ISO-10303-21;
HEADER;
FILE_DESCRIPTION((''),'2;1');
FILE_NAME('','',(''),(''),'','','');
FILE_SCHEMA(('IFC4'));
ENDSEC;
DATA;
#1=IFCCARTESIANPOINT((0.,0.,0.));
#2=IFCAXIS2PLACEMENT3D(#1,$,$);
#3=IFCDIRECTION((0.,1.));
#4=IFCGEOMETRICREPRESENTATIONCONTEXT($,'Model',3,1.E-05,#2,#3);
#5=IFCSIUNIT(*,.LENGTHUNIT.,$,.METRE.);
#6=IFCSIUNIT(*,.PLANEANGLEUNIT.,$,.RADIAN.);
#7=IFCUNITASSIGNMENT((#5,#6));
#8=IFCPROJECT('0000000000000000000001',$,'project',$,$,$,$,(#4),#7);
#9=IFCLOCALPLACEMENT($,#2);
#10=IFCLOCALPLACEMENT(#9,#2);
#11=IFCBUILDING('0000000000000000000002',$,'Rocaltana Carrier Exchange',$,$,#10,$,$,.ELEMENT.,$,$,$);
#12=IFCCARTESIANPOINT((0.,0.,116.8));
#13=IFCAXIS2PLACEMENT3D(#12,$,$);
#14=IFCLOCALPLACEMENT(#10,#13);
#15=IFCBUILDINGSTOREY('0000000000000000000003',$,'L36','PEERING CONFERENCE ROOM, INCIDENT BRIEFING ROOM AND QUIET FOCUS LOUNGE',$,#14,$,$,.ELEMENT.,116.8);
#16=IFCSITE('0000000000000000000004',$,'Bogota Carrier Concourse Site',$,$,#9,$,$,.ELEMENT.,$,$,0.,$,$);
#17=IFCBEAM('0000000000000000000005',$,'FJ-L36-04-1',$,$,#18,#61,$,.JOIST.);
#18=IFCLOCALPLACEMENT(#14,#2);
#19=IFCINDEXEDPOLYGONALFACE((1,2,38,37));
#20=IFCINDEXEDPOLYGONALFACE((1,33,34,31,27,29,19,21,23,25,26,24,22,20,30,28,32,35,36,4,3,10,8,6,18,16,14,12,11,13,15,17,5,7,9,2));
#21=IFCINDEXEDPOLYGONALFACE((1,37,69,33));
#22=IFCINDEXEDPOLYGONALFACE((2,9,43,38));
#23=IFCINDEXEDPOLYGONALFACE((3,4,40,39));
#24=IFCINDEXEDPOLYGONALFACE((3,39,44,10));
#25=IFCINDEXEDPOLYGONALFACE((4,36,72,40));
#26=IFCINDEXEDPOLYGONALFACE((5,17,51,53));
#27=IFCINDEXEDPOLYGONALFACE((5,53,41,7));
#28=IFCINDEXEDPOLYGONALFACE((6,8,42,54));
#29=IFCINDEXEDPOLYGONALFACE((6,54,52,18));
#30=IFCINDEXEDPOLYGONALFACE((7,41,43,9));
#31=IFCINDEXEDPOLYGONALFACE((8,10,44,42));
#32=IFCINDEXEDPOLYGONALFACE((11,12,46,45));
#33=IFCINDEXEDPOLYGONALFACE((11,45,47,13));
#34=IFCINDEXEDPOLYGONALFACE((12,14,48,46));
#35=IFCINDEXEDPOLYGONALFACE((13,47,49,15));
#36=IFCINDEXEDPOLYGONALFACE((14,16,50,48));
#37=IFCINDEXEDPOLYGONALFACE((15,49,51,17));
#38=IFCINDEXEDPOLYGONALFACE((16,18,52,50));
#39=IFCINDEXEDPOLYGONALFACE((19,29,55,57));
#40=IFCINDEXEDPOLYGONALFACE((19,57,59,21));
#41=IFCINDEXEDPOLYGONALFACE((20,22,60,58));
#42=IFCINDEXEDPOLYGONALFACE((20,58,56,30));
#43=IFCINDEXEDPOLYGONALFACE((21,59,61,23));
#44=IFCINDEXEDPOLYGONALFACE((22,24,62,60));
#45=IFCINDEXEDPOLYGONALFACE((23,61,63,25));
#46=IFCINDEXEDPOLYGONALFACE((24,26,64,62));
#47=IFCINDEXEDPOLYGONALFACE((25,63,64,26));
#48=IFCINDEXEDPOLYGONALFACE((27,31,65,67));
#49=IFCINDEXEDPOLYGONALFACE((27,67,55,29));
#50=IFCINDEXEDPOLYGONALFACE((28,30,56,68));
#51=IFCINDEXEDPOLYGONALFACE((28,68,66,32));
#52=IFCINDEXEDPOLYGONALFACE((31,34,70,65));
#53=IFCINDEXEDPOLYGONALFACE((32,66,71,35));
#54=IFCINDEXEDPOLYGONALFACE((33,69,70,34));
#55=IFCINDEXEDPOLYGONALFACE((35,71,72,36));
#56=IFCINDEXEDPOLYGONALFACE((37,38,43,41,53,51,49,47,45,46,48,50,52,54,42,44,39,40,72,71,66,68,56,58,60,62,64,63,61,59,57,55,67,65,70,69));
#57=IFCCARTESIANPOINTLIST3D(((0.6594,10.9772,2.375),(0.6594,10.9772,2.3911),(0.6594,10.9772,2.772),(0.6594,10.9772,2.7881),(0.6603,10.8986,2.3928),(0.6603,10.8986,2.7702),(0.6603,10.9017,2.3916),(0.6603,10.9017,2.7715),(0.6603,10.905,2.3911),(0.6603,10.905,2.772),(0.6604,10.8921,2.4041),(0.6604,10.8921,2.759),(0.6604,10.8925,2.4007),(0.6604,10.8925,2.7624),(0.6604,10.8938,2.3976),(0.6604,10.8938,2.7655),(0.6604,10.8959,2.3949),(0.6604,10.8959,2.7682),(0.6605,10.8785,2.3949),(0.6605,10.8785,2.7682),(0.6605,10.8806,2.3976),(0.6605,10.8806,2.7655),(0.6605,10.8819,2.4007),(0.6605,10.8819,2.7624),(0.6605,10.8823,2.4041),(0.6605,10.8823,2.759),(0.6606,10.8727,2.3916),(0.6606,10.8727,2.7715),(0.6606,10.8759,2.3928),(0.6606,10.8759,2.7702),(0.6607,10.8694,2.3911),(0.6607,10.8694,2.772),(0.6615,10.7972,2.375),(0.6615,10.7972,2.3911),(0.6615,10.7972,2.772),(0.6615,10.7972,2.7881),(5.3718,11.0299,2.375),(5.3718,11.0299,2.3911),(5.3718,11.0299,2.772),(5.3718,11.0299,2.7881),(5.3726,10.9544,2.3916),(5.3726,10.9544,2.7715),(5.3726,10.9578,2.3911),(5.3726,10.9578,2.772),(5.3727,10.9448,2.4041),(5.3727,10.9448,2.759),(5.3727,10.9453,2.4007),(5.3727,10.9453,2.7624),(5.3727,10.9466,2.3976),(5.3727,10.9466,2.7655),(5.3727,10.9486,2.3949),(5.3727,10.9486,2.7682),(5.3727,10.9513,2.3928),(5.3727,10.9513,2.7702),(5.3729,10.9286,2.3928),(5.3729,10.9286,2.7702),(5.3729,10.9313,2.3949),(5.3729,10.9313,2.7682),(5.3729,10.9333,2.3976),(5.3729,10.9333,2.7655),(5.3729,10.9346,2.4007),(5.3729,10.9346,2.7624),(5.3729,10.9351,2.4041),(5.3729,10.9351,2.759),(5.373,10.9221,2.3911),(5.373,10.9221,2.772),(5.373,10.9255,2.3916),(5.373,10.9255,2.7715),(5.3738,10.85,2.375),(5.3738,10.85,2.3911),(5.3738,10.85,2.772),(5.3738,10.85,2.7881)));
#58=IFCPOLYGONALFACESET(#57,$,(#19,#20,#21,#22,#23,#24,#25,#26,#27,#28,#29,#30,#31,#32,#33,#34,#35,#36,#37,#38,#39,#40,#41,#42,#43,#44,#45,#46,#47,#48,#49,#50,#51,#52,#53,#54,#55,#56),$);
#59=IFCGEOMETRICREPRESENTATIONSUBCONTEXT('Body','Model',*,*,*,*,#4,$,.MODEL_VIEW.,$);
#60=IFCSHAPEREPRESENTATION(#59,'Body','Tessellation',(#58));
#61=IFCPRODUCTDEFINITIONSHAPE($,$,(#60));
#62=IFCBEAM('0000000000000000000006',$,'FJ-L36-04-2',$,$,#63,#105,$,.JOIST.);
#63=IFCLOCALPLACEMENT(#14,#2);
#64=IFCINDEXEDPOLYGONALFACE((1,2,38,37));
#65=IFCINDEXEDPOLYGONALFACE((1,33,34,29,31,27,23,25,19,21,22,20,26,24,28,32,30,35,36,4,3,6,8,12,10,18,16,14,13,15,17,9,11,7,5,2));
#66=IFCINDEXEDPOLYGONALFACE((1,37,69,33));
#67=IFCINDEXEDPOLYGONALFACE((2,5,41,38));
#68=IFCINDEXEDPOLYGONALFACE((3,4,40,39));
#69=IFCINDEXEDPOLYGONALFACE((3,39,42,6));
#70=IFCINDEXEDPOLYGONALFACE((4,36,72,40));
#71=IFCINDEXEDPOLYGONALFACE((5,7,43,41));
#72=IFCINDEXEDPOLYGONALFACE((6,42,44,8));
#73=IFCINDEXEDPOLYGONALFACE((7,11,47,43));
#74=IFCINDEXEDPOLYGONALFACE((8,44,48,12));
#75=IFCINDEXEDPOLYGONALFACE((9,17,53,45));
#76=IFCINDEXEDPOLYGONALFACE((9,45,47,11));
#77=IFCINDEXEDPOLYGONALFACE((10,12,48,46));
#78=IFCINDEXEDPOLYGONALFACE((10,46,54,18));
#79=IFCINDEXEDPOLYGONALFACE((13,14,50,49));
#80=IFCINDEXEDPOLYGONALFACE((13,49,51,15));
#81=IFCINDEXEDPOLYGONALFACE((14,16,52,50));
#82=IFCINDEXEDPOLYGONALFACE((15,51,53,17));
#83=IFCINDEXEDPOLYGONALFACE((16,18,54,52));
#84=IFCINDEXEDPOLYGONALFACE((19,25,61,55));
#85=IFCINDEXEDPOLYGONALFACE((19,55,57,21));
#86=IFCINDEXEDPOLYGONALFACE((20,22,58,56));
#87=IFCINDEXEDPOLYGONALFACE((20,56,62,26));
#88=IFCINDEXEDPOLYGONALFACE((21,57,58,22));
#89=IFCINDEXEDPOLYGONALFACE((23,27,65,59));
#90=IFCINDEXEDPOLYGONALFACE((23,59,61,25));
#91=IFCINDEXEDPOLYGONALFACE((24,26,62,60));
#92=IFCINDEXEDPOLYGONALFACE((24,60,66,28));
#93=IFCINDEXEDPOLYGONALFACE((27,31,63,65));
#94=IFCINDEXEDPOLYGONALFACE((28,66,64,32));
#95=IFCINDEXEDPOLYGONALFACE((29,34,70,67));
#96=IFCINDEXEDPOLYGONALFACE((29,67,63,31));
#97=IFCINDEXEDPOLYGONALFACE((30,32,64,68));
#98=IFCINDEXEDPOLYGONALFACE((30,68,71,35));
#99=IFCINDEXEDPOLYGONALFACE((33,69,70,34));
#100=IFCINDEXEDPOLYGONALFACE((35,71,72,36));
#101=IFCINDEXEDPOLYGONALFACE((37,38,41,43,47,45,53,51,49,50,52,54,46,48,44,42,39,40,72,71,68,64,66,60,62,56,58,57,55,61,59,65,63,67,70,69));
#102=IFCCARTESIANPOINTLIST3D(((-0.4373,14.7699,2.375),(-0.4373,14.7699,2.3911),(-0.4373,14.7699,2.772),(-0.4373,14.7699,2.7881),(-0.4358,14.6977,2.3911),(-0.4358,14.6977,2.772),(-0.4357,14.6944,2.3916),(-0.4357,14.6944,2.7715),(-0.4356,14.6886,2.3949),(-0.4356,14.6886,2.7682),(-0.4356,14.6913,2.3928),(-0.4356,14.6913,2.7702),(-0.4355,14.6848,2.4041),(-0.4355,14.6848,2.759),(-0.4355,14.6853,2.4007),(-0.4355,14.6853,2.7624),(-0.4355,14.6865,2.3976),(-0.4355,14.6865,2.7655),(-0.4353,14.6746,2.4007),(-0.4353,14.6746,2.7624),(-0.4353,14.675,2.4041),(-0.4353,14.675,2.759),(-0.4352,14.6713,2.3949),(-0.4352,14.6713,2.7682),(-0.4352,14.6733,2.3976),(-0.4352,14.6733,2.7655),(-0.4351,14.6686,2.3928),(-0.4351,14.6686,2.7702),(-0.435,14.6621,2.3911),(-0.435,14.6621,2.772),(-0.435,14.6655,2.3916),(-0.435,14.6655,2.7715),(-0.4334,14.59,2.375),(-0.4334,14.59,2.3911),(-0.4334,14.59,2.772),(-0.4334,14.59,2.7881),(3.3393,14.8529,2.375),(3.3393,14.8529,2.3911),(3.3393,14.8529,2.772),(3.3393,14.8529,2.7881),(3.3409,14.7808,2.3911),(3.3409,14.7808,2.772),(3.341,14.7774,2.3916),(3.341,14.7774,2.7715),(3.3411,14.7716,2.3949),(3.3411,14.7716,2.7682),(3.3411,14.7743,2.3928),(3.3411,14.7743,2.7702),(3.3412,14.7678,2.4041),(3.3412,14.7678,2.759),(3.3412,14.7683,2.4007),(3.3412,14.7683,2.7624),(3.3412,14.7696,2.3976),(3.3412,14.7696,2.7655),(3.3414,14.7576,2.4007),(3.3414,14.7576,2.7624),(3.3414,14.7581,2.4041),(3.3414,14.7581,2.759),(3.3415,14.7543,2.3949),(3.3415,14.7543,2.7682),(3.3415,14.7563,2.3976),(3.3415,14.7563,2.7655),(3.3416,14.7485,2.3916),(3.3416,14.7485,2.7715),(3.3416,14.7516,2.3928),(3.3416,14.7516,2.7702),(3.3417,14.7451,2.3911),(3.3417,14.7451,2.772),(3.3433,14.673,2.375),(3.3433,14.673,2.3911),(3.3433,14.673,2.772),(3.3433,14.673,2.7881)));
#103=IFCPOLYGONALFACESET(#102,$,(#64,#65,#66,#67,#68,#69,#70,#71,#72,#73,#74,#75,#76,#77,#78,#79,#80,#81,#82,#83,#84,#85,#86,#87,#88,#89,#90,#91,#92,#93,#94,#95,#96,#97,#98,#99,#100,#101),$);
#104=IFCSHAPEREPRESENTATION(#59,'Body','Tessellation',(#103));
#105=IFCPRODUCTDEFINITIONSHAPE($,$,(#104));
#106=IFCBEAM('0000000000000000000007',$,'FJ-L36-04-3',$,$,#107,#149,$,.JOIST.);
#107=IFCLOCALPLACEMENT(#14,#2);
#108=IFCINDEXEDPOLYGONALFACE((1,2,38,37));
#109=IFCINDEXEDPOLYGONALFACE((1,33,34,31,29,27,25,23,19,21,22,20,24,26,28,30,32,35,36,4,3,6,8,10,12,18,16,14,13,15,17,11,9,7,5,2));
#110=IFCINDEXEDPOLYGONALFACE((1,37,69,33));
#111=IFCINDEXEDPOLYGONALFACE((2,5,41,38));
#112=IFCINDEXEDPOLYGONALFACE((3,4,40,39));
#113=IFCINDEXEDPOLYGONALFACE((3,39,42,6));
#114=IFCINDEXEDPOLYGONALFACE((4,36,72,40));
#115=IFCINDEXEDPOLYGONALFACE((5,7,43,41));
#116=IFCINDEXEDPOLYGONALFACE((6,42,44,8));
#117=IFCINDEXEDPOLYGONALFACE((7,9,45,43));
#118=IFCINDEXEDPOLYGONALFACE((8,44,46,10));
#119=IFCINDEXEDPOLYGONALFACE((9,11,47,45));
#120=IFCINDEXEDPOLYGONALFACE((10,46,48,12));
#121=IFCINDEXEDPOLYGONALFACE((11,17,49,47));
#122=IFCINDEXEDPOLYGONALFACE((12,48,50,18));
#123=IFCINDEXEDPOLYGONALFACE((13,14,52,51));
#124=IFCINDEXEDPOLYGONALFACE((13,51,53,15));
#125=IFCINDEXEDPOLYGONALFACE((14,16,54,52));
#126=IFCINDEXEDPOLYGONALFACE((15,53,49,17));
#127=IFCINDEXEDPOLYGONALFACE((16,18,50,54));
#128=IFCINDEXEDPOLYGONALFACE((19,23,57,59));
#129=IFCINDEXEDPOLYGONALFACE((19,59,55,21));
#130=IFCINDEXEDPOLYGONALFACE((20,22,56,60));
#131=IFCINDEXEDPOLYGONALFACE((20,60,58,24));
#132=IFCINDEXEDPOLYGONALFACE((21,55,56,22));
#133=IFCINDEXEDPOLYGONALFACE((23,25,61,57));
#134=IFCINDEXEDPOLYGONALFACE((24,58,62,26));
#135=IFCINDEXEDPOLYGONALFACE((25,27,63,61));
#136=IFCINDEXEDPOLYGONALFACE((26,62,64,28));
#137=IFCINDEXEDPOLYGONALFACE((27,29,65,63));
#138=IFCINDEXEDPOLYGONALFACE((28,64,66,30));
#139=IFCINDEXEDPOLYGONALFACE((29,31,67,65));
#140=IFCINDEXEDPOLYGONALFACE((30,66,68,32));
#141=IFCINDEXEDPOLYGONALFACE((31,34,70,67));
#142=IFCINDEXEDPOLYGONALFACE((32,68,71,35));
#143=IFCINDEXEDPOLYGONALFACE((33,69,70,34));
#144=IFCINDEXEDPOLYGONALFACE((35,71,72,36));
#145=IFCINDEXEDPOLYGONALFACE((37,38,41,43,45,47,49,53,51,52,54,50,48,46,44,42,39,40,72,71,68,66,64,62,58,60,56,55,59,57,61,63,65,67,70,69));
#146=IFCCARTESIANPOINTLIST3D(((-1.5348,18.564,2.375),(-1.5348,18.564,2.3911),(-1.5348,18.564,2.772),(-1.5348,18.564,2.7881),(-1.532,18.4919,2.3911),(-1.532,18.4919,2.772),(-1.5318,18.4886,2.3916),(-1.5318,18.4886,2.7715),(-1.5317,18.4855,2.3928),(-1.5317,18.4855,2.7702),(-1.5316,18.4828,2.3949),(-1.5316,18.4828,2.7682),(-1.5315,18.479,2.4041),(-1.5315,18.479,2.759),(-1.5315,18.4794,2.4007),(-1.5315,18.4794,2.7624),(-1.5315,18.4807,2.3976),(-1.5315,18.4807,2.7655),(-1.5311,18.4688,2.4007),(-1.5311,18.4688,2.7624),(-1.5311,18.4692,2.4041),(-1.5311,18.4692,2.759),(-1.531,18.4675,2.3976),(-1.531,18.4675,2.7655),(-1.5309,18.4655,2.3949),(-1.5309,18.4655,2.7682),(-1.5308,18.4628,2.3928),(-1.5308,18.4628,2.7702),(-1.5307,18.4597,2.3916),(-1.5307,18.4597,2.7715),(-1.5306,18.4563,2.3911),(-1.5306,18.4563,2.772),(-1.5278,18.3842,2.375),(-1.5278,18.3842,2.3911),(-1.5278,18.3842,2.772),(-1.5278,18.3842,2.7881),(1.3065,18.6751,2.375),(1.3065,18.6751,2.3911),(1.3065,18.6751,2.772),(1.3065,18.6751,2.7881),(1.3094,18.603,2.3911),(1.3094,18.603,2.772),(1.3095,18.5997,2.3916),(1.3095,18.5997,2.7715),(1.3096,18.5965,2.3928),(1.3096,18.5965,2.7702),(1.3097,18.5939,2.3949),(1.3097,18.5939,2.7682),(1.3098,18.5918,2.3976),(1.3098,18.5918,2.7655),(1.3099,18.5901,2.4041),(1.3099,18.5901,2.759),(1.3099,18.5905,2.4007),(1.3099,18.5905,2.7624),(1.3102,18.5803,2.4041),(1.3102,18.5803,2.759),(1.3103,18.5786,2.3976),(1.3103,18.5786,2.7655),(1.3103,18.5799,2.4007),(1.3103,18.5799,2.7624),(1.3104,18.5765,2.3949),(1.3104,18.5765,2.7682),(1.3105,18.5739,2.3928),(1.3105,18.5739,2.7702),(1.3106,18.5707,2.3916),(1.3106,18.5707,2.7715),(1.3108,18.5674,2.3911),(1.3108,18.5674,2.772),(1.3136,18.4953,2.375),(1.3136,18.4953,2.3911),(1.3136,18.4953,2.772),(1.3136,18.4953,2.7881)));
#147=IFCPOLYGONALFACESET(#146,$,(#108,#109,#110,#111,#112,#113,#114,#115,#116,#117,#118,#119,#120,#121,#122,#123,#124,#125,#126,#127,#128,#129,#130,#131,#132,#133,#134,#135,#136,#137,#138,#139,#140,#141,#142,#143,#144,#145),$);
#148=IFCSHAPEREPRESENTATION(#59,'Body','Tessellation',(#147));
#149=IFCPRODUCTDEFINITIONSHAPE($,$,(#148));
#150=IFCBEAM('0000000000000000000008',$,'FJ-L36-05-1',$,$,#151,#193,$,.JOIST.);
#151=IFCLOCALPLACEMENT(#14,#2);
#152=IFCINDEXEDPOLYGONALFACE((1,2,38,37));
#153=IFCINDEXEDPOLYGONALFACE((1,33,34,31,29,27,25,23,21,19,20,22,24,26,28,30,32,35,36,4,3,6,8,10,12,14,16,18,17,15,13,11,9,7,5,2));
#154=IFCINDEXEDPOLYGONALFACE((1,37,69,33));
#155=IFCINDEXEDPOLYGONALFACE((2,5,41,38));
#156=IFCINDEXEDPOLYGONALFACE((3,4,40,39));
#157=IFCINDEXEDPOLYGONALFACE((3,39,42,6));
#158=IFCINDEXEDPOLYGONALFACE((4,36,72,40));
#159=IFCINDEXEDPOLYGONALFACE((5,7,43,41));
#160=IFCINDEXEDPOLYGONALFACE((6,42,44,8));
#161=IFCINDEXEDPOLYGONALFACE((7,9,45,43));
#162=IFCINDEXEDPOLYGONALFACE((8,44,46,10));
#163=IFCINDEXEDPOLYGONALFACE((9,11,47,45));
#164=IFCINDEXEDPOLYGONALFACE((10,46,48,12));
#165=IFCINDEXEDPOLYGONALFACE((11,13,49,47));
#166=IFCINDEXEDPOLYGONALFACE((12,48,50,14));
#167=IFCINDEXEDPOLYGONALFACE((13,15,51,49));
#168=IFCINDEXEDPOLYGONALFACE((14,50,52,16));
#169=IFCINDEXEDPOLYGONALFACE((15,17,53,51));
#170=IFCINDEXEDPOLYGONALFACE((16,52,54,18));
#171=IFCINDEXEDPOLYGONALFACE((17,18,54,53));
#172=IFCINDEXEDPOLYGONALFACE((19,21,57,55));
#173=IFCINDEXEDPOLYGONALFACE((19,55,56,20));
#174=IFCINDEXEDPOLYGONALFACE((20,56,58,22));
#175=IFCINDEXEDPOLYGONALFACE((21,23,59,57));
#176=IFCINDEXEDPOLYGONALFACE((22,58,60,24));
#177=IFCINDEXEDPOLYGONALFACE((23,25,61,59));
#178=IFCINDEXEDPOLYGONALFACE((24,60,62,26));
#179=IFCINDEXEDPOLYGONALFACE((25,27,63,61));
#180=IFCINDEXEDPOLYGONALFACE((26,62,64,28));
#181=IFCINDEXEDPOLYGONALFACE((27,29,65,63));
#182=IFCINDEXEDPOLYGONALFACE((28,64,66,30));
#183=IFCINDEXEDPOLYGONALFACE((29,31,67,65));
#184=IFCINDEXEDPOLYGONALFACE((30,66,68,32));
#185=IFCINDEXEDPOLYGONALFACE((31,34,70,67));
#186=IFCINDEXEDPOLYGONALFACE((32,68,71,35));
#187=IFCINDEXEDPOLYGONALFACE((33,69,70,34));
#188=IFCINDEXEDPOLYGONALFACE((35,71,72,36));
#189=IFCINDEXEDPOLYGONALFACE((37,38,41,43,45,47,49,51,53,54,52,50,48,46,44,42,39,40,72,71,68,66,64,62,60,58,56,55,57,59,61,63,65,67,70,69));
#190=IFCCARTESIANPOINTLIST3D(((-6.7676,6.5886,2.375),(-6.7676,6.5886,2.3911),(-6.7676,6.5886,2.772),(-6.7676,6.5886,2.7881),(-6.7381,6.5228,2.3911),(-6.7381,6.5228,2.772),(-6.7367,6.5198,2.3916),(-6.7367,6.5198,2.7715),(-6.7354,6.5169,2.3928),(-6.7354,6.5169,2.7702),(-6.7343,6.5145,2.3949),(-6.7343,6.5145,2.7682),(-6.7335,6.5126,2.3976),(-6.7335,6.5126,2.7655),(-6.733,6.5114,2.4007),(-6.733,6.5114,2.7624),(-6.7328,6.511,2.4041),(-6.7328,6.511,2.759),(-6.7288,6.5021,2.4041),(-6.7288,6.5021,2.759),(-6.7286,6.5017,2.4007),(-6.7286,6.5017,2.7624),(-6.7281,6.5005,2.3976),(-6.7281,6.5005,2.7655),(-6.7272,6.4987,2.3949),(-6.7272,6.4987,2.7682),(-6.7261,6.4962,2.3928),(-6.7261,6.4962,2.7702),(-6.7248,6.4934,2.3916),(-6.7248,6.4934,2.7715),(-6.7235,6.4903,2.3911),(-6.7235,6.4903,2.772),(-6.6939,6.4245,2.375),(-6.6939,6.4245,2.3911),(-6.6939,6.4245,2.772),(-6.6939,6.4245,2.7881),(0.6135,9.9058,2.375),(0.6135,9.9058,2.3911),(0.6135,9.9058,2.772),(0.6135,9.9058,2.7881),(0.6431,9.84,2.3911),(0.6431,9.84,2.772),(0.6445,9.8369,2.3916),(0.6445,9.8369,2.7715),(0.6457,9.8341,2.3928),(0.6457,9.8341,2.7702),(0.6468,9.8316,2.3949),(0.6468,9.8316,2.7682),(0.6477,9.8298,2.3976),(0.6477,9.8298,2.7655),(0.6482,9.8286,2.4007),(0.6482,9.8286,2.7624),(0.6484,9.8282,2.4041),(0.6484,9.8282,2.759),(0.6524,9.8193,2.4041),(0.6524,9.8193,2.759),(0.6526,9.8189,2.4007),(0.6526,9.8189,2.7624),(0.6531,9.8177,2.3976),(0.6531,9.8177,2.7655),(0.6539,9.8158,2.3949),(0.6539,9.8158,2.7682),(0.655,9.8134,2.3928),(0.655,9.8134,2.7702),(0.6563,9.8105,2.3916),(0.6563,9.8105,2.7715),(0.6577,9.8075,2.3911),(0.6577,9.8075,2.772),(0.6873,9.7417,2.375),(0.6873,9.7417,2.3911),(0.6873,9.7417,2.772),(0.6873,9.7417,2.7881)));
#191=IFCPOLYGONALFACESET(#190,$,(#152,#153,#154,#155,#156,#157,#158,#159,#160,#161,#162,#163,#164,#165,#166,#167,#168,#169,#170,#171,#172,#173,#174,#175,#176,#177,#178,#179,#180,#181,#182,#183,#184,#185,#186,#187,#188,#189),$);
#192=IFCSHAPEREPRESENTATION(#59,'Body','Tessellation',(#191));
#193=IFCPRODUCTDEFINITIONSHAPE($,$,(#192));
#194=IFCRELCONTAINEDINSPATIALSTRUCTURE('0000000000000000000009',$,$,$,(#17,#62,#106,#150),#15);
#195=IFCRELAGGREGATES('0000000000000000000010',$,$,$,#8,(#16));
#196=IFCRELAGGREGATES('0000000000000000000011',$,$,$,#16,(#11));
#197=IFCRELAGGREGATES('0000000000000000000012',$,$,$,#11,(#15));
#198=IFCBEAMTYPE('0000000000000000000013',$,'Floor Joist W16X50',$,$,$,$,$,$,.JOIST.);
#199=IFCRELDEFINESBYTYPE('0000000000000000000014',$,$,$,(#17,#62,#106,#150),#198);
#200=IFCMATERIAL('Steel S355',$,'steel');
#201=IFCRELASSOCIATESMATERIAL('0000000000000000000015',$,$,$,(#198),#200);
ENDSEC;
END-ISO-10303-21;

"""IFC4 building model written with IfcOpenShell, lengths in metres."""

from ifc_helpers import new_model, si_unit, direction, frame, origin, origin_2d, place, context, subcontext, project, spatial, i_section, extrude, material, material_profile, profile_set, type_object, element, save


model = new_model("IFC4")

# Units and contexts
model_context = context("Model", 3, precision=1e-05, world=origin(), true_north=direction((0.0, 1.0)))
body_context = subcontext(model_context, "Body", "Model", "MODEL_VIEW")
ifc_project = project(units=[si_unit("LENGTHUNIT", "METRE"), si_unit("PLANEANGLEUNIT", "RADIAN")], contexts=[model_context])

# Site, building, storey
site_placement = place(None, origin())
site = spatial("IfcSite", under=ifc_project, at=site_placement, Name="Bogota Carrier Concourse Site", CompositionType="ELEMENT", RefElevation=0.0)
building_placement = place(site_placement, origin())
building = spatial("IfcBuilding", under=site, at=building_placement, Name="Rocaltana Carrier Exchange", CompositionType="ELEMENT")
storey_placement = place(building_placement, frame((0.0, 0.0, 116.8)))
storey = spatial("IfcBuildingStorey", under=building, at=storey_placement, Name="L36", Description="PEERING CONFERENCE ROOM, INCIDENT BRIEFING ROOM AND QUIET FOCUS LOUNGE", CompositionType="ELEMENT", Elevation=116.8)

# Beams
ifc_material_1 = material(Name="Steel S355", Category="steel")
ifc_material_profile_1 = material_profile(ifc_material_1, i_section(OverallWidth=0.1799, OverallDepth=0.4131, WebThickness=0.0098, FlangeThickness=0.0161, FilletRadius=0.0129, at=origin_2d()), Name="W16X50")
ifc_profile_set_1 = profile_set([ifc_material_profile_1], Name="Steel S355")
beam_type_1 = type_object("IfcBeamType", Name="Floor Joist W16X50", PredefinedType="JOIST", material=ifc_profile_set_1)
beam_1_placement = place(storey_placement, frame((5.3728, 10.9399, 2.5815), z_axis=(-0.999937, -0.01119, 0.0), x_axis=(0.01119, -0.999937, 0.0)))
element("IfcBeam", 1, at=beam_1_placement, inside=storey, type_object=beam_type_1, Name="FJ-L36-04-1", PredefinedType="JOIST", context=body_context, shape_type="SweptSolid", body=[
    extrude(i_section(OverallWidth=0.1799, OverallDepth=0.4131, WebThickness=0.0098, FlangeThickness=0.0161, FilletRadius=0.0129, at=origin_2d()), origin(), (0.0, 0.0, 1.0), 4.7126),
])
beam_2_placement = place(storey_placement, frame((3.3413, 14.7629, 2.5815), z_axis=(-0.999759, -0.021974, 0.0), x_axis=(0.021974, -0.999759, 0.0)))
element("IfcBeam", 2, at=beam_2_placement, inside=storey, type_object=beam_type_1, Name="FJ-L36-04-2", PredefinedType="JOIST", context=body_context, shape_type="SweptSolid", body=[
    extrude(i_section(OverallWidth=0.1799, OverallDepth=0.4131, WebThickness=0.0098, FlangeThickness=0.0161, FilletRadius=0.0129, at=origin_2d()), origin(), (0.0, 0.0, 1.0), 3.7776),
])
beam_3_placement = place(storey_placement, frame((1.3101, 18.5852, 2.5815), z_axis=(-0.999237, -0.039066, 0.0), x_axis=(0.039066, -0.999237, 0.0)))
element("IfcBeam", 3, at=beam_3_placement, inside=storey, type_object=beam_type_1, Name="FJ-L36-04-3", PredefinedType="JOIST", context=body_context, shape_type="SweptSolid", body=[
    extrude(i_section(OverallWidth=0.1799, OverallDepth=0.4131, WebThickness=0.0098, FlangeThickness=0.0161, FilletRadius=0.0129, at=origin_2d()), origin(), (0.0, 0.0, 1.0), 2.8435),
])
beam_4_placement = place(storey_placement, frame((0.6504, 9.8237, 2.5815), z_axis=(-0.912123, -0.409917, 0.0), x_axis=(0.409917, -0.912123, 0.0)))
element("IfcBeam", 4, at=beam_4_placement, inside=storey, type_object=beam_type_1, Name="FJ-L36-05-1", PredefinedType="JOIST", context=body_context, shape_type="SweptSolid", body=[
    extrude(i_section(OverallWidth=0.1799, OverallDepth=0.4131, WebThickness=0.0098, FlangeThickness=0.0161, FilletRadius=0.0129, at=origin_2d()), origin(), (0.0, 0.0, 1.0), 8.0923),
])

save(model, "model.ifc")
